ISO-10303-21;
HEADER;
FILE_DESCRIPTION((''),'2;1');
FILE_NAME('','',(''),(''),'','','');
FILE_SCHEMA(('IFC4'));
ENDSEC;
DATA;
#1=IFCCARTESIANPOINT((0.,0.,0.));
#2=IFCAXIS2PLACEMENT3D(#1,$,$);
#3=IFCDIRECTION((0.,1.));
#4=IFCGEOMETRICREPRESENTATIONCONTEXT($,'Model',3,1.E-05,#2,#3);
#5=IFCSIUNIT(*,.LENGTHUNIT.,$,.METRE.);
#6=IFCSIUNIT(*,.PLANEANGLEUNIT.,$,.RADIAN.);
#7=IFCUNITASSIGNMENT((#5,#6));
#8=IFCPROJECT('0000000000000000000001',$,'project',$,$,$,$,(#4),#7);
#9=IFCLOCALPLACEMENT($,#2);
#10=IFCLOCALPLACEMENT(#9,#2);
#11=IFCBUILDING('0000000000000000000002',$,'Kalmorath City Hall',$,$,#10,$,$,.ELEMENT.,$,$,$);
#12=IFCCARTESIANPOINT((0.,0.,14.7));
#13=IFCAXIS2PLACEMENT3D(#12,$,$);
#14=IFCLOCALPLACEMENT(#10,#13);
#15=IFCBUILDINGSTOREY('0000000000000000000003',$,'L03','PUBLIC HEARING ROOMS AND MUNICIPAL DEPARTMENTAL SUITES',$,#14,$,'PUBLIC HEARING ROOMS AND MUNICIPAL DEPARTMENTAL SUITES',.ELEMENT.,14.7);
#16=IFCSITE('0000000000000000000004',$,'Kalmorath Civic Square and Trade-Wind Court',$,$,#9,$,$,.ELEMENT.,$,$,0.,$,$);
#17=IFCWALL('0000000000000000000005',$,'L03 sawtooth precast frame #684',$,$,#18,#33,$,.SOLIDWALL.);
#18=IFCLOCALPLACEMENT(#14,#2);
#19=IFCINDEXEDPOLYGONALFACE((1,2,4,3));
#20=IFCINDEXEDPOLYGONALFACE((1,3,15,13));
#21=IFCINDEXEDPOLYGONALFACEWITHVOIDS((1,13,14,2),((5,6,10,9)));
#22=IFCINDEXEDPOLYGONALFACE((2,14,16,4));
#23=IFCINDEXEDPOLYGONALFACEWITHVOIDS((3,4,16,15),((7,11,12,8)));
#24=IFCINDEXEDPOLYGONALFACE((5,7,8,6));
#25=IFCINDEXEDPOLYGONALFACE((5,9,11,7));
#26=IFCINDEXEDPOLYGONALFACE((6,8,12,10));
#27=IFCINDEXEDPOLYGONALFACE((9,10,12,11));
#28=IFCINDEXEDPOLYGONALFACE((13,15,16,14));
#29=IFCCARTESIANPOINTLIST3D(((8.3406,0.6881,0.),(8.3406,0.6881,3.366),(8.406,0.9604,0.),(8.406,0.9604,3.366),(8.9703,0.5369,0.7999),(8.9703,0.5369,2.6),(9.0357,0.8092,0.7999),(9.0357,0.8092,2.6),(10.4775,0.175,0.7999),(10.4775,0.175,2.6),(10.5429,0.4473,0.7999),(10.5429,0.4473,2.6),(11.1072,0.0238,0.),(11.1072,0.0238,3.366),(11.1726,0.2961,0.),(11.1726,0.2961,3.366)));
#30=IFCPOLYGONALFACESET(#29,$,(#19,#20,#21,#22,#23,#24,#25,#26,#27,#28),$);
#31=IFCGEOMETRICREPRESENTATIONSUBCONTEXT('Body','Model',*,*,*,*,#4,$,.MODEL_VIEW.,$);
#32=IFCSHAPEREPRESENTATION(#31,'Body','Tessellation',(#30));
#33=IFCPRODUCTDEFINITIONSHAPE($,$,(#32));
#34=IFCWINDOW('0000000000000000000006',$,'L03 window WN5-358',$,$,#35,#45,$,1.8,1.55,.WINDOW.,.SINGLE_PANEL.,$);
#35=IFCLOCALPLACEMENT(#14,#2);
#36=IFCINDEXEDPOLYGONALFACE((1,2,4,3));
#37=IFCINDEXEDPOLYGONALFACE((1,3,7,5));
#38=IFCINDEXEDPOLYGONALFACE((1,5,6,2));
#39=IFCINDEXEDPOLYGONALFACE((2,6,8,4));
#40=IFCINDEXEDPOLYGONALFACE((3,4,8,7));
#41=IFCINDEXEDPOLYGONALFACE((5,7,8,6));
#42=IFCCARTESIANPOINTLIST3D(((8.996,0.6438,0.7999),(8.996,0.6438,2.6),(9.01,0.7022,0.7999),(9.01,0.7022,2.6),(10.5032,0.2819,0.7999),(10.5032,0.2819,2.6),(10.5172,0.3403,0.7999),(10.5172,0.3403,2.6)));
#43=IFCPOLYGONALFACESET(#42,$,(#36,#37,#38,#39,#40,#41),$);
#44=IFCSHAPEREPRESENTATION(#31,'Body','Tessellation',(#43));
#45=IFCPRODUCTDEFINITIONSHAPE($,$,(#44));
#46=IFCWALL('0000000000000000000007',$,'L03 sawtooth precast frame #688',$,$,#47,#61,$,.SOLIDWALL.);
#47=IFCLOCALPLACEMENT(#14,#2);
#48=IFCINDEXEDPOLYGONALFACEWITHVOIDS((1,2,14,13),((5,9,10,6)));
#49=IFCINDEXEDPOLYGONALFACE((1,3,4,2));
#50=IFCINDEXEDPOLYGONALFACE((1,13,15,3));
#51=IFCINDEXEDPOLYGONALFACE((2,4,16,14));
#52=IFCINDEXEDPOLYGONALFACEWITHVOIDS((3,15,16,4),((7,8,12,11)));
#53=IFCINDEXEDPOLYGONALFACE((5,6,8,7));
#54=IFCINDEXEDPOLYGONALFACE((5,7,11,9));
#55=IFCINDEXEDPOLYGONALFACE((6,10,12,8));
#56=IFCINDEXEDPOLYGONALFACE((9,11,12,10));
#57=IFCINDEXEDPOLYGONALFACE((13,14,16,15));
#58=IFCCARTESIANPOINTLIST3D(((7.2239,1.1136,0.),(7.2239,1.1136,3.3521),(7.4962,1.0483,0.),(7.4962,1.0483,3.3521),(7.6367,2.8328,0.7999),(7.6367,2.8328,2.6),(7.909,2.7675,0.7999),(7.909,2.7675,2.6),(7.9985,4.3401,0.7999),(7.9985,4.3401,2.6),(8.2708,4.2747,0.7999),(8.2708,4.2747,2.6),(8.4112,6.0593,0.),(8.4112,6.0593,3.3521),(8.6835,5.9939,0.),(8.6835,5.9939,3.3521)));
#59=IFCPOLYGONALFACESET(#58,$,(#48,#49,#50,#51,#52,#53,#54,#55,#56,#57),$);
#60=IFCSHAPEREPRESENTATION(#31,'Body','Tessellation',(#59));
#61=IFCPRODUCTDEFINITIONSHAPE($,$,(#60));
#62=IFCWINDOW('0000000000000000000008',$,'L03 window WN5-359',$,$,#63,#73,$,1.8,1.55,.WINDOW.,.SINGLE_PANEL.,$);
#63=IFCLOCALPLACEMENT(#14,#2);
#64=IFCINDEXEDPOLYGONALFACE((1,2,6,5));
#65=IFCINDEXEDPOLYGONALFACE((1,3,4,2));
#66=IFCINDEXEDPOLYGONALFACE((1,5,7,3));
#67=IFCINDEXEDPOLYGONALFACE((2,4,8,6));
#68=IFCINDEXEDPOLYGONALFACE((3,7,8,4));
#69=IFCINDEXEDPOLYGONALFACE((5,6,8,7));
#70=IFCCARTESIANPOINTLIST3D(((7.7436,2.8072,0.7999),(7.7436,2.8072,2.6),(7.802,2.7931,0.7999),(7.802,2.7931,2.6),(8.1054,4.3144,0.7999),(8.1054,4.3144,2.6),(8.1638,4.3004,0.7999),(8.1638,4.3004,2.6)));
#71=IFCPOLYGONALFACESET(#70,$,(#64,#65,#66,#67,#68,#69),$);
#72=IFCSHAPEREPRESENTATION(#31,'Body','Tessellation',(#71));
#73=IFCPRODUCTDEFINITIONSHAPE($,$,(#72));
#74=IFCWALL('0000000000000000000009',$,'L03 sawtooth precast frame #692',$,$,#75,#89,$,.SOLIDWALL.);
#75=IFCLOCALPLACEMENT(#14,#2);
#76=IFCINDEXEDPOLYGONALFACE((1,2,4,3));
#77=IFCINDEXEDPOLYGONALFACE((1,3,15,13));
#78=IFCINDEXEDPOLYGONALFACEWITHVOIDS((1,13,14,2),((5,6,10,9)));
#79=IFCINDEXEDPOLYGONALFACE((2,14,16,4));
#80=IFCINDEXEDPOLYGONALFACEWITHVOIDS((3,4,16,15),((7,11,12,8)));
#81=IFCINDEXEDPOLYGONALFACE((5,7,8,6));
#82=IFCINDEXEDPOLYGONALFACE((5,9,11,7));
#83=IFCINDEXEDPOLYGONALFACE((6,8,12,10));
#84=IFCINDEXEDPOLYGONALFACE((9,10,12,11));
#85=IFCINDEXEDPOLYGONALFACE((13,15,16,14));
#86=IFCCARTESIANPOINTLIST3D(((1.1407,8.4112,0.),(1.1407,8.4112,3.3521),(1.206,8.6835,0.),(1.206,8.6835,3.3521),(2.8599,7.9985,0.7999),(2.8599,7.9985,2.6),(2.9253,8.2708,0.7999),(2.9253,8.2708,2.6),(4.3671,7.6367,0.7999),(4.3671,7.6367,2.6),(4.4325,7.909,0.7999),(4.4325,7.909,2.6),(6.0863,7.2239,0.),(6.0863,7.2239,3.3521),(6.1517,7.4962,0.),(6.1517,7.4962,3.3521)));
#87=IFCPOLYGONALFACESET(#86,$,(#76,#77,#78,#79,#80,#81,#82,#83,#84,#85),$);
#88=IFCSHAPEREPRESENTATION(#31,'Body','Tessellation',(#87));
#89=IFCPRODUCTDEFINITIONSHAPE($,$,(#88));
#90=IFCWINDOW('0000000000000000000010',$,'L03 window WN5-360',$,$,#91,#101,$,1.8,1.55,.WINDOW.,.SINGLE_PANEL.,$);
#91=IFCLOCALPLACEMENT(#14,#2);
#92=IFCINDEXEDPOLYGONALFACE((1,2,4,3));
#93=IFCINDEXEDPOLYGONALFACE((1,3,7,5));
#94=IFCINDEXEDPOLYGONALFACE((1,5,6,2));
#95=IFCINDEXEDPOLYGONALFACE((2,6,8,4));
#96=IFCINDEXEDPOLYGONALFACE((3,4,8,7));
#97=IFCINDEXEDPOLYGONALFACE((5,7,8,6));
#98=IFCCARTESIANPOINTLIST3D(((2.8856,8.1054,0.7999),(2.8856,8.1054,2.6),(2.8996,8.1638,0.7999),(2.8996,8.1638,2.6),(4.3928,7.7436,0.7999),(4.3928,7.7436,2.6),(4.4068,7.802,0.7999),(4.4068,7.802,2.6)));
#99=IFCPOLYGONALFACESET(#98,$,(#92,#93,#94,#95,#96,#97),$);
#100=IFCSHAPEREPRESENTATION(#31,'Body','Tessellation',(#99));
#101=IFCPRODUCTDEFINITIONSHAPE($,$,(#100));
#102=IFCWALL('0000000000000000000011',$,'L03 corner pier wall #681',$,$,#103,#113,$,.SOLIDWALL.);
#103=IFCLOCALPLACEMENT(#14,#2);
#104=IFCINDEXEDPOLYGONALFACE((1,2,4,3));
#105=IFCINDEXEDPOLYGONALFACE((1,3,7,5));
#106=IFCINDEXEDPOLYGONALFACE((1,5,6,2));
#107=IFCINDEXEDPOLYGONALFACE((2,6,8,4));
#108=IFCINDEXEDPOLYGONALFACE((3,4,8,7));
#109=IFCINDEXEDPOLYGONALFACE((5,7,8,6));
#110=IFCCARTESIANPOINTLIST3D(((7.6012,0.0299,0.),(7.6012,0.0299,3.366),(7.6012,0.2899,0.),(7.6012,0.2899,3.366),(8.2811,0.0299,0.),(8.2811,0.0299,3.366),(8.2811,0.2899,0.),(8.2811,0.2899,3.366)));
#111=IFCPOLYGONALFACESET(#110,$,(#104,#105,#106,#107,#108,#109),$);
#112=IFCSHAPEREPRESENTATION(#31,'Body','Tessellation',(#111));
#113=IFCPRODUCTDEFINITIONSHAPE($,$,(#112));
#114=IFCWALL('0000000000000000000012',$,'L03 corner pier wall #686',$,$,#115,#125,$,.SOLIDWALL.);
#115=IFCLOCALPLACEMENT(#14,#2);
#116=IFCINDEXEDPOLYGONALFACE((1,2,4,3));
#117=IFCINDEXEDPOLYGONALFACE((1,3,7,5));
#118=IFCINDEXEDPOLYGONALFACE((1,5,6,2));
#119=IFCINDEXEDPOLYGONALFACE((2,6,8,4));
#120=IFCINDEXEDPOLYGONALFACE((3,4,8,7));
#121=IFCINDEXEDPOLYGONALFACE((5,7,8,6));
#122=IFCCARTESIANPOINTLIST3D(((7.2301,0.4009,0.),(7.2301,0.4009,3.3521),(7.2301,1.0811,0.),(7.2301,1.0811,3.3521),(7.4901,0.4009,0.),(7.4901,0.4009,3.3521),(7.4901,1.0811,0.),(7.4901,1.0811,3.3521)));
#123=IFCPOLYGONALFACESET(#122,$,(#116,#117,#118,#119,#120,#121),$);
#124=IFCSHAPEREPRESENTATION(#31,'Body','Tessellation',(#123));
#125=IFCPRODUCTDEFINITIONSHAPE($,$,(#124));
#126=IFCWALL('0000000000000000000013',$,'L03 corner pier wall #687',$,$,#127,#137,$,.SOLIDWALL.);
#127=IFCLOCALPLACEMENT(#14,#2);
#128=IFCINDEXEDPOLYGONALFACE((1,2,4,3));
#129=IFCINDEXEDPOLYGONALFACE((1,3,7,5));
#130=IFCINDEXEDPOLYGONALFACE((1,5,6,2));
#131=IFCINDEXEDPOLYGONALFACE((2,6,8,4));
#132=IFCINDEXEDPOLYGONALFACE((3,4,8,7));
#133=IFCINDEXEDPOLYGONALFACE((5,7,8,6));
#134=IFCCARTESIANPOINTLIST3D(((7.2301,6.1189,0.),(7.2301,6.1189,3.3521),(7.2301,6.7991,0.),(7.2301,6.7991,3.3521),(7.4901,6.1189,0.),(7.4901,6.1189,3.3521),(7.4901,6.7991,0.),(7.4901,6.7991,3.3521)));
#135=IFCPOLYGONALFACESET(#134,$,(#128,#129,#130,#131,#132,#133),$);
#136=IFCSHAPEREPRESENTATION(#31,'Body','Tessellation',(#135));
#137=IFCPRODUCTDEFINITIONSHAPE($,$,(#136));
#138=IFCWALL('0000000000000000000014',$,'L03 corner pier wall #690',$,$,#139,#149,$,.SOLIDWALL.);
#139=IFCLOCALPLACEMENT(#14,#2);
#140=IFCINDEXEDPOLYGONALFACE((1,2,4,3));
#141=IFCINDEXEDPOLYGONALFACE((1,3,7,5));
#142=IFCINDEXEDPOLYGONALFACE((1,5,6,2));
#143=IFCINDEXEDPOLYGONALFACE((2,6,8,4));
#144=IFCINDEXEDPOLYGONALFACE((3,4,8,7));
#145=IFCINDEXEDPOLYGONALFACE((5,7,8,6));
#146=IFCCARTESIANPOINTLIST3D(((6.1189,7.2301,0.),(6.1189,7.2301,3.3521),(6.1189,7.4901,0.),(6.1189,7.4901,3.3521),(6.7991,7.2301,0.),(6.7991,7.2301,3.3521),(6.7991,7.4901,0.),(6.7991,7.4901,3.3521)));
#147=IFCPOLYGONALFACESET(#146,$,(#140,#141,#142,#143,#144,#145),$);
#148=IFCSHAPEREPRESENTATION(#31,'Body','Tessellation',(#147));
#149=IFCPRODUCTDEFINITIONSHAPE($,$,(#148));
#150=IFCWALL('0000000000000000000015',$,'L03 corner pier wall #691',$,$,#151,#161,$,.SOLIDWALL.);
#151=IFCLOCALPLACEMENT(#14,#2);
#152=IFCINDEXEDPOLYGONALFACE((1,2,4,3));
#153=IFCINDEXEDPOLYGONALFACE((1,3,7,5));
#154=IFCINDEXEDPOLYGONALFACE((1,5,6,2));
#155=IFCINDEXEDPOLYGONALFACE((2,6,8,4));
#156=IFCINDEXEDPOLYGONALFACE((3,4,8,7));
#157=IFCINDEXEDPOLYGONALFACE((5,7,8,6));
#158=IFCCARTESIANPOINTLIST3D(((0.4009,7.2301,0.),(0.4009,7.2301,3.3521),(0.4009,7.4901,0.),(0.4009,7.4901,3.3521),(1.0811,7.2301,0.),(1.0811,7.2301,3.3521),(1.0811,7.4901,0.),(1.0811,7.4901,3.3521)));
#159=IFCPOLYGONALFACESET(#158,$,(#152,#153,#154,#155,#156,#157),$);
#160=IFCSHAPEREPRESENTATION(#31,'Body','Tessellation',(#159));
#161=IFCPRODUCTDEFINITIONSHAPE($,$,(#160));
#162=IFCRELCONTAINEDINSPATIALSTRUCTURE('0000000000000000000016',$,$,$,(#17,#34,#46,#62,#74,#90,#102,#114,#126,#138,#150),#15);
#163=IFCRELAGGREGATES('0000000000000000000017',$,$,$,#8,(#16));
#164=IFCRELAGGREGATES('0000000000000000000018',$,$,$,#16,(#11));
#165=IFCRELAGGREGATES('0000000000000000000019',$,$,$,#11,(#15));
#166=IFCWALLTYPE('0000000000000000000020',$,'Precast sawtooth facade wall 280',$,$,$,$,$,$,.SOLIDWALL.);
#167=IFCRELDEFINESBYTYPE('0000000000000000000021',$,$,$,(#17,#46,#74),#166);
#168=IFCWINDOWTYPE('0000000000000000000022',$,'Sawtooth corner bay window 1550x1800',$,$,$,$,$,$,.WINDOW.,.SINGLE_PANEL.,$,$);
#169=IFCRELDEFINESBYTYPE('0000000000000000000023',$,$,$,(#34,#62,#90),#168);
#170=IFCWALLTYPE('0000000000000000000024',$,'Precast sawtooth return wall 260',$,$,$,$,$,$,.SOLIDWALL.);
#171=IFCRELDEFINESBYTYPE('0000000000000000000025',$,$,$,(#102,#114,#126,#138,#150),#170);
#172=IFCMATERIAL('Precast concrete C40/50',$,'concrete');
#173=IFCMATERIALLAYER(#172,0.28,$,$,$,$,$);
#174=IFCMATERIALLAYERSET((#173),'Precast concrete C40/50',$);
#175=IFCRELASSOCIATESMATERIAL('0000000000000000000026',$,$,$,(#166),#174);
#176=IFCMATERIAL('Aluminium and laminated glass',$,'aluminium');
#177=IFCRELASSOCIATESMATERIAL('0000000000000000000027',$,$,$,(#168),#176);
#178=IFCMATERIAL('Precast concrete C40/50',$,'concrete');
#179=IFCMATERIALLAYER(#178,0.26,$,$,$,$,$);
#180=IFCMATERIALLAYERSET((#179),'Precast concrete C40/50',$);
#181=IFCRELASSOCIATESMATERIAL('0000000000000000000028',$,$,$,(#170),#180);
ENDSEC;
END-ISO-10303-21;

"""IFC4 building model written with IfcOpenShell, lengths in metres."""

from ifc_helpers import new_model, si_unit, direction, frame, frame_2d, origin, place, context, subcontext, project, spatial, rectangle, extrude, material, layer, layer_set, type_object, element, fill, save


model = new_model("IFC4")

# Units and contexts
model_context = context("Model", 3, precision=1e-05, world=origin(), true_north=direction((0.0, 1.0)))
body_context = subcontext(model_context, "Body", "Model", "MODEL_VIEW")
ifc_project = project(units=[si_unit("LENGTHUNIT", "METRE"), si_unit("PLANEANGLEUNIT", "RADIAN")], contexts=[model_context])

# Site, building, storey
site_placement = place(None, origin())
site = spatial("IfcSite", under=ifc_project, at=site_placement, Name="Kalmorath Civic Square and Trade-Wind Court", CompositionType="ELEMENT", RefElevation=0.0)
building_placement = place(site_placement, origin())
building = spatial("IfcBuilding", under=site, at=building_placement, Name="Kalmorath City Hall", CompositionType="ELEMENT")
storey_placement = place(building_placement, frame((0.0, 0.0, 14.7)))
storey = spatial("IfcBuildingStorey", under=building, at=storey_placement, Name="L03", Description="PUBLIC HEARING ROOMS AND MUNICIPAL DEPARTMENTAL SUITES", LongName="PUBLIC HEARING ROOMS AND MUNICIPAL DEPARTMENTAL SUITES", CompositionType="ELEMENT", Elevation=14.7)

# Walls, openings, windows
ifc_material_1 = material(Name="Precast concrete C40/50", Category="concrete")
ifc_layer_1 = layer(ifc_material_1, 0.28)
ifc_layer_set_1 = layer_set([ifc_layer_1], Name="Precast concrete C40/50")
wall_type_1 = type_object("IfcWallType", Name="Precast sawtooth facade wall 280", PredefinedType="SOLIDWALL", material=ifc_layer_set_1)
wall_1_placement = place(storey_placement, frame((11.1399, 0.1599, 0.0), z_axis=(0.0, 0.0, 1.0), x_axis=(-0.972362, 0.23348, 0.0)))
wall_1 = element("IfcWall", 1, at=wall_1_placement, inside=storey, type_object=wall_type_1, Name="L03 sawtooth precast frame #684", PredefinedType="SOLIDWALL", context=body_context, shape_type="SweptSolid", body=[
    extrude(rectangle(XDim=2.8452, YDim=0.28, at=frame_2d((1.4226, 0.0))), origin(), (0.0, 0.0, 1.0), 3.366),
])
opening_1_placement = place(wall_1_placement, frame((0.6477, 0.0, 0.8)))
opening_1 = element("IfcOpeningElement", 2, at=opening_1_placement, cuts=wall_1, PredefinedType="OPENING", context=body_context, shape_type="SweptSolid", body=[
    extrude(rectangle(XDim=1.55, YDim=1.8, at=frame_2d((0.7749, 0.8999))), frame((0.0, 0.1499, 0.0), z_axis=(0.0, -1.0, 0.0), x_axis=(1.0, 0.0, 0.0)), (0.0, 0.0, 1.0), 0.3),
])
ifc_material_2 = material(Name="Aluminium and laminated glass", Category="aluminium")
window_type = type_object("IfcWindowType", Name="Sawtooth corner bay window 1550x1800", PartitioningType="SINGLE_PANEL", PredefinedType="WINDOW", material=ifc_material_2)
window_1_placement = place(opening_1_placement, origin())
window_1 = element("IfcWindow", 3, at=window_1_placement, inside=storey, type_object=window_type, Name="L03 window WN5-358", OverallHeight=1.8, OverallWidth=1.55, PartitioningType="SINGLE_PANEL", PredefinedType="WINDOW", context=body_context, shape_type="SweptSolid", body=[
    extrude(rectangle(XDim=1.55, YDim=1.8, at=frame_2d((0.7749, 0.8999))), frame((0.0, 0.03, 0.0), z_axis=(0.0, -1.0, 0.0), x_axis=(1.0, 0.0, 0.0)), (0.0, 0.0, 1.0), 0.0601),
])
fill(opening_1, window_1)
wall_2_placement = place(storey_placement, frame((7.3601, 1.0811, 0.0), z_axis=(0.0, 0.0, 1.0), x_axis=(0.233433, 0.972373, 0.0)))
wall_2 = element("IfcWall", 4, at=wall_2_placement, inside=storey, type_object=wall_type_1, Name="L03 sawtooth precast frame #688", PredefinedType="SOLIDWALL", context=body_context, shape_type="SweptSolid", body=[
    extrude(rectangle(XDim=5.0862, YDim=0.28, at=frame_2d((2.543, 0.0))), origin(), (0.0, 0.0, 1.0), 3.3521),
])
opening_2_placement = place(wall_2_placement, frame((1.7681, 0.0, 0.8)))
opening_2 = element("IfcOpeningElement", 5, at=opening_2_placement, cuts=wall_2, PredefinedType="OPENING", context=body_context, shape_type="SweptSolid", body=[
    extrude(rectangle(XDim=1.55, YDim=1.8, at=frame_2d((0.7749, 0.8999))), frame((0.0, 0.1499, 0.0), z_axis=(0.0, -1.0, 0.0), x_axis=(1.0, 0.0, 0.0)), (0.0, 0.0, 1.0), 0.3),
])
window_2_placement = place(opening_2_placement, origin())
window_2 = element("IfcWindow", 6, at=window_2_placement, inside=storey, type_object=window_type, Name="L03 window WN5-359", OverallHeight=1.8, OverallWidth=1.55, PartitioningType="SINGLE_PANEL", PredefinedType="WINDOW", context=body_context, shape_type="SweptSolid", body=[
    extrude(rectangle(XDim=1.55, YDim=1.8, at=frame_2d((0.7749, 0.8999))), frame((0.0, 0.03, 0.0), z_axis=(0.0, -1.0, 0.0), x_axis=(1.0, 0.0, 0.0)), (0.0, 0.0, 1.0), 0.0601),
])
fill(opening_2, window_2)
wall_3_placement = place(storey_placement, frame((6.1189, 7.3601, 0.0), z_axis=(0.0, 0.0, 1.0), x_axis=(-0.972373, 0.233433, 0.0)))
wall_3 = element("IfcWall", 7, at=wall_3_placement, inside=storey, type_object=wall_type_1, Name="L03 sawtooth precast frame #692", PredefinedType="SOLIDWALL", context=body_context, shape_type="SweptSolid", body=[
    extrude(rectangle(XDim=5.0862, YDim=0.28, at=frame_2d((2.543, 0.0))), origin(), (0.0, 0.0, 1.0), 3.3521),
])
opening_3_placement = place(wall_3_placement, frame((1.7681, 0.0, 0.8)))
opening_3 = element("IfcOpeningElement", 8, at=opening_3_placement, cuts=wall_3, PredefinedType="OPENING", context=body_context, shape_type="SweptSolid", body=[
    extrude(rectangle(XDim=1.55, YDim=1.8, at=frame_2d((0.7749, 0.8999))), frame((0.0, 0.1499, 0.0), z_axis=(0.0, -1.0, 0.0), x_axis=(1.0, 0.0, 0.0)), (0.0, 0.0, 1.0), 0.3),
])
window_3_placement = place(opening_3_placement, origin())
window_3 = element("IfcWindow", 9, at=window_3_placement, inside=storey, type_object=window_type, Name="L03 window WN5-360", OverallHeight=1.8, OverallWidth=1.55, PartitioningType="SINGLE_PANEL", PredefinedType="WINDOW", context=body_context, shape_type="SweptSolid", body=[
    extrude(rectangle(XDim=1.55, YDim=1.8, at=frame_2d((0.7749, 0.8999))), frame((0.0, 0.03, 0.0), z_axis=(0.0, -1.0, 0.0), x_axis=(1.0, 0.0, 0.0)), (0.0, 0.0, 1.0), 0.0601),
])
fill(opening_3, window_3)

# Walls
ifc_material_3 = material(Name="Precast concrete C40/50", Category="concrete")
ifc_layer_2 = layer(ifc_material_3, 0.26)
ifc_layer_set_2 = layer_set([ifc_layer_2], Name="Precast concrete C40/50")
wall_type_2 = type_object("IfcWallType", Name="Precast sawtooth return wall 260", PredefinedType="SOLIDWALL", material=ifc_layer_set_2)
wall_4_placement = place(storey_placement, frame((8.281, 0.1599, 0.0), z_axis=(0.0, 0.0, 1.0), x_axis=(-1.0, 0.0, 0.0)))
element("IfcWall", 10, at=wall_4_placement, inside=storey, type_object=wall_type_2, Name="L03 corner pier wall #681", PredefinedType="SOLIDWALL", context=body_context, shape_type="SweptSolid", body=[
    extrude(rectangle(XDim=0.6799, YDim=0.26, at=frame_2d((0.3398, 0.0))), origin(), (0.0, 0.0, 1.0), 3.366),
])
for number, where, z_axis, x_axis, name in (
    (11, (7.3601, 0.4009, 0.0), (0.0, 0.0, 1.0), (0.0, 1.0, 0.0), "L03 corner pier wall #686"),
    (12, (7.3601, 6.1189, 0.0), (0.0, 0.0, 1.0), (0.0, 1.0, 0.0), "L03 corner pier wall #687"),
    (13, (6.7991, 7.3601, 0.0), (0.0, 0.0, 1.0), (-1.0, 0.0, 0.0), "L03 corner pier wall #690"),
    (14, (1.0811, 7.3601, 0.0), (0.0, 0.0, 1.0), (-1.0, 0.0, 0.0), "L03 corner pier wall #691"),
):
    element("IfcWall", number, at=place(storey_placement, frame(where, z_axis=z_axis, x_axis=x_axis)), inside=storey, type_object=wall_type_2, Name=name, PredefinedType="SOLIDWALL", context=body_context, shape_type="SweptSolid", body=[
        extrude(rectangle(XDim=0.6802, YDim=0.26, at=frame_2d((0.3401, 0.0))), origin(), (0.0, 0.0, 1.0), 3.3521),
    ])

save(model, "model.ifc")
